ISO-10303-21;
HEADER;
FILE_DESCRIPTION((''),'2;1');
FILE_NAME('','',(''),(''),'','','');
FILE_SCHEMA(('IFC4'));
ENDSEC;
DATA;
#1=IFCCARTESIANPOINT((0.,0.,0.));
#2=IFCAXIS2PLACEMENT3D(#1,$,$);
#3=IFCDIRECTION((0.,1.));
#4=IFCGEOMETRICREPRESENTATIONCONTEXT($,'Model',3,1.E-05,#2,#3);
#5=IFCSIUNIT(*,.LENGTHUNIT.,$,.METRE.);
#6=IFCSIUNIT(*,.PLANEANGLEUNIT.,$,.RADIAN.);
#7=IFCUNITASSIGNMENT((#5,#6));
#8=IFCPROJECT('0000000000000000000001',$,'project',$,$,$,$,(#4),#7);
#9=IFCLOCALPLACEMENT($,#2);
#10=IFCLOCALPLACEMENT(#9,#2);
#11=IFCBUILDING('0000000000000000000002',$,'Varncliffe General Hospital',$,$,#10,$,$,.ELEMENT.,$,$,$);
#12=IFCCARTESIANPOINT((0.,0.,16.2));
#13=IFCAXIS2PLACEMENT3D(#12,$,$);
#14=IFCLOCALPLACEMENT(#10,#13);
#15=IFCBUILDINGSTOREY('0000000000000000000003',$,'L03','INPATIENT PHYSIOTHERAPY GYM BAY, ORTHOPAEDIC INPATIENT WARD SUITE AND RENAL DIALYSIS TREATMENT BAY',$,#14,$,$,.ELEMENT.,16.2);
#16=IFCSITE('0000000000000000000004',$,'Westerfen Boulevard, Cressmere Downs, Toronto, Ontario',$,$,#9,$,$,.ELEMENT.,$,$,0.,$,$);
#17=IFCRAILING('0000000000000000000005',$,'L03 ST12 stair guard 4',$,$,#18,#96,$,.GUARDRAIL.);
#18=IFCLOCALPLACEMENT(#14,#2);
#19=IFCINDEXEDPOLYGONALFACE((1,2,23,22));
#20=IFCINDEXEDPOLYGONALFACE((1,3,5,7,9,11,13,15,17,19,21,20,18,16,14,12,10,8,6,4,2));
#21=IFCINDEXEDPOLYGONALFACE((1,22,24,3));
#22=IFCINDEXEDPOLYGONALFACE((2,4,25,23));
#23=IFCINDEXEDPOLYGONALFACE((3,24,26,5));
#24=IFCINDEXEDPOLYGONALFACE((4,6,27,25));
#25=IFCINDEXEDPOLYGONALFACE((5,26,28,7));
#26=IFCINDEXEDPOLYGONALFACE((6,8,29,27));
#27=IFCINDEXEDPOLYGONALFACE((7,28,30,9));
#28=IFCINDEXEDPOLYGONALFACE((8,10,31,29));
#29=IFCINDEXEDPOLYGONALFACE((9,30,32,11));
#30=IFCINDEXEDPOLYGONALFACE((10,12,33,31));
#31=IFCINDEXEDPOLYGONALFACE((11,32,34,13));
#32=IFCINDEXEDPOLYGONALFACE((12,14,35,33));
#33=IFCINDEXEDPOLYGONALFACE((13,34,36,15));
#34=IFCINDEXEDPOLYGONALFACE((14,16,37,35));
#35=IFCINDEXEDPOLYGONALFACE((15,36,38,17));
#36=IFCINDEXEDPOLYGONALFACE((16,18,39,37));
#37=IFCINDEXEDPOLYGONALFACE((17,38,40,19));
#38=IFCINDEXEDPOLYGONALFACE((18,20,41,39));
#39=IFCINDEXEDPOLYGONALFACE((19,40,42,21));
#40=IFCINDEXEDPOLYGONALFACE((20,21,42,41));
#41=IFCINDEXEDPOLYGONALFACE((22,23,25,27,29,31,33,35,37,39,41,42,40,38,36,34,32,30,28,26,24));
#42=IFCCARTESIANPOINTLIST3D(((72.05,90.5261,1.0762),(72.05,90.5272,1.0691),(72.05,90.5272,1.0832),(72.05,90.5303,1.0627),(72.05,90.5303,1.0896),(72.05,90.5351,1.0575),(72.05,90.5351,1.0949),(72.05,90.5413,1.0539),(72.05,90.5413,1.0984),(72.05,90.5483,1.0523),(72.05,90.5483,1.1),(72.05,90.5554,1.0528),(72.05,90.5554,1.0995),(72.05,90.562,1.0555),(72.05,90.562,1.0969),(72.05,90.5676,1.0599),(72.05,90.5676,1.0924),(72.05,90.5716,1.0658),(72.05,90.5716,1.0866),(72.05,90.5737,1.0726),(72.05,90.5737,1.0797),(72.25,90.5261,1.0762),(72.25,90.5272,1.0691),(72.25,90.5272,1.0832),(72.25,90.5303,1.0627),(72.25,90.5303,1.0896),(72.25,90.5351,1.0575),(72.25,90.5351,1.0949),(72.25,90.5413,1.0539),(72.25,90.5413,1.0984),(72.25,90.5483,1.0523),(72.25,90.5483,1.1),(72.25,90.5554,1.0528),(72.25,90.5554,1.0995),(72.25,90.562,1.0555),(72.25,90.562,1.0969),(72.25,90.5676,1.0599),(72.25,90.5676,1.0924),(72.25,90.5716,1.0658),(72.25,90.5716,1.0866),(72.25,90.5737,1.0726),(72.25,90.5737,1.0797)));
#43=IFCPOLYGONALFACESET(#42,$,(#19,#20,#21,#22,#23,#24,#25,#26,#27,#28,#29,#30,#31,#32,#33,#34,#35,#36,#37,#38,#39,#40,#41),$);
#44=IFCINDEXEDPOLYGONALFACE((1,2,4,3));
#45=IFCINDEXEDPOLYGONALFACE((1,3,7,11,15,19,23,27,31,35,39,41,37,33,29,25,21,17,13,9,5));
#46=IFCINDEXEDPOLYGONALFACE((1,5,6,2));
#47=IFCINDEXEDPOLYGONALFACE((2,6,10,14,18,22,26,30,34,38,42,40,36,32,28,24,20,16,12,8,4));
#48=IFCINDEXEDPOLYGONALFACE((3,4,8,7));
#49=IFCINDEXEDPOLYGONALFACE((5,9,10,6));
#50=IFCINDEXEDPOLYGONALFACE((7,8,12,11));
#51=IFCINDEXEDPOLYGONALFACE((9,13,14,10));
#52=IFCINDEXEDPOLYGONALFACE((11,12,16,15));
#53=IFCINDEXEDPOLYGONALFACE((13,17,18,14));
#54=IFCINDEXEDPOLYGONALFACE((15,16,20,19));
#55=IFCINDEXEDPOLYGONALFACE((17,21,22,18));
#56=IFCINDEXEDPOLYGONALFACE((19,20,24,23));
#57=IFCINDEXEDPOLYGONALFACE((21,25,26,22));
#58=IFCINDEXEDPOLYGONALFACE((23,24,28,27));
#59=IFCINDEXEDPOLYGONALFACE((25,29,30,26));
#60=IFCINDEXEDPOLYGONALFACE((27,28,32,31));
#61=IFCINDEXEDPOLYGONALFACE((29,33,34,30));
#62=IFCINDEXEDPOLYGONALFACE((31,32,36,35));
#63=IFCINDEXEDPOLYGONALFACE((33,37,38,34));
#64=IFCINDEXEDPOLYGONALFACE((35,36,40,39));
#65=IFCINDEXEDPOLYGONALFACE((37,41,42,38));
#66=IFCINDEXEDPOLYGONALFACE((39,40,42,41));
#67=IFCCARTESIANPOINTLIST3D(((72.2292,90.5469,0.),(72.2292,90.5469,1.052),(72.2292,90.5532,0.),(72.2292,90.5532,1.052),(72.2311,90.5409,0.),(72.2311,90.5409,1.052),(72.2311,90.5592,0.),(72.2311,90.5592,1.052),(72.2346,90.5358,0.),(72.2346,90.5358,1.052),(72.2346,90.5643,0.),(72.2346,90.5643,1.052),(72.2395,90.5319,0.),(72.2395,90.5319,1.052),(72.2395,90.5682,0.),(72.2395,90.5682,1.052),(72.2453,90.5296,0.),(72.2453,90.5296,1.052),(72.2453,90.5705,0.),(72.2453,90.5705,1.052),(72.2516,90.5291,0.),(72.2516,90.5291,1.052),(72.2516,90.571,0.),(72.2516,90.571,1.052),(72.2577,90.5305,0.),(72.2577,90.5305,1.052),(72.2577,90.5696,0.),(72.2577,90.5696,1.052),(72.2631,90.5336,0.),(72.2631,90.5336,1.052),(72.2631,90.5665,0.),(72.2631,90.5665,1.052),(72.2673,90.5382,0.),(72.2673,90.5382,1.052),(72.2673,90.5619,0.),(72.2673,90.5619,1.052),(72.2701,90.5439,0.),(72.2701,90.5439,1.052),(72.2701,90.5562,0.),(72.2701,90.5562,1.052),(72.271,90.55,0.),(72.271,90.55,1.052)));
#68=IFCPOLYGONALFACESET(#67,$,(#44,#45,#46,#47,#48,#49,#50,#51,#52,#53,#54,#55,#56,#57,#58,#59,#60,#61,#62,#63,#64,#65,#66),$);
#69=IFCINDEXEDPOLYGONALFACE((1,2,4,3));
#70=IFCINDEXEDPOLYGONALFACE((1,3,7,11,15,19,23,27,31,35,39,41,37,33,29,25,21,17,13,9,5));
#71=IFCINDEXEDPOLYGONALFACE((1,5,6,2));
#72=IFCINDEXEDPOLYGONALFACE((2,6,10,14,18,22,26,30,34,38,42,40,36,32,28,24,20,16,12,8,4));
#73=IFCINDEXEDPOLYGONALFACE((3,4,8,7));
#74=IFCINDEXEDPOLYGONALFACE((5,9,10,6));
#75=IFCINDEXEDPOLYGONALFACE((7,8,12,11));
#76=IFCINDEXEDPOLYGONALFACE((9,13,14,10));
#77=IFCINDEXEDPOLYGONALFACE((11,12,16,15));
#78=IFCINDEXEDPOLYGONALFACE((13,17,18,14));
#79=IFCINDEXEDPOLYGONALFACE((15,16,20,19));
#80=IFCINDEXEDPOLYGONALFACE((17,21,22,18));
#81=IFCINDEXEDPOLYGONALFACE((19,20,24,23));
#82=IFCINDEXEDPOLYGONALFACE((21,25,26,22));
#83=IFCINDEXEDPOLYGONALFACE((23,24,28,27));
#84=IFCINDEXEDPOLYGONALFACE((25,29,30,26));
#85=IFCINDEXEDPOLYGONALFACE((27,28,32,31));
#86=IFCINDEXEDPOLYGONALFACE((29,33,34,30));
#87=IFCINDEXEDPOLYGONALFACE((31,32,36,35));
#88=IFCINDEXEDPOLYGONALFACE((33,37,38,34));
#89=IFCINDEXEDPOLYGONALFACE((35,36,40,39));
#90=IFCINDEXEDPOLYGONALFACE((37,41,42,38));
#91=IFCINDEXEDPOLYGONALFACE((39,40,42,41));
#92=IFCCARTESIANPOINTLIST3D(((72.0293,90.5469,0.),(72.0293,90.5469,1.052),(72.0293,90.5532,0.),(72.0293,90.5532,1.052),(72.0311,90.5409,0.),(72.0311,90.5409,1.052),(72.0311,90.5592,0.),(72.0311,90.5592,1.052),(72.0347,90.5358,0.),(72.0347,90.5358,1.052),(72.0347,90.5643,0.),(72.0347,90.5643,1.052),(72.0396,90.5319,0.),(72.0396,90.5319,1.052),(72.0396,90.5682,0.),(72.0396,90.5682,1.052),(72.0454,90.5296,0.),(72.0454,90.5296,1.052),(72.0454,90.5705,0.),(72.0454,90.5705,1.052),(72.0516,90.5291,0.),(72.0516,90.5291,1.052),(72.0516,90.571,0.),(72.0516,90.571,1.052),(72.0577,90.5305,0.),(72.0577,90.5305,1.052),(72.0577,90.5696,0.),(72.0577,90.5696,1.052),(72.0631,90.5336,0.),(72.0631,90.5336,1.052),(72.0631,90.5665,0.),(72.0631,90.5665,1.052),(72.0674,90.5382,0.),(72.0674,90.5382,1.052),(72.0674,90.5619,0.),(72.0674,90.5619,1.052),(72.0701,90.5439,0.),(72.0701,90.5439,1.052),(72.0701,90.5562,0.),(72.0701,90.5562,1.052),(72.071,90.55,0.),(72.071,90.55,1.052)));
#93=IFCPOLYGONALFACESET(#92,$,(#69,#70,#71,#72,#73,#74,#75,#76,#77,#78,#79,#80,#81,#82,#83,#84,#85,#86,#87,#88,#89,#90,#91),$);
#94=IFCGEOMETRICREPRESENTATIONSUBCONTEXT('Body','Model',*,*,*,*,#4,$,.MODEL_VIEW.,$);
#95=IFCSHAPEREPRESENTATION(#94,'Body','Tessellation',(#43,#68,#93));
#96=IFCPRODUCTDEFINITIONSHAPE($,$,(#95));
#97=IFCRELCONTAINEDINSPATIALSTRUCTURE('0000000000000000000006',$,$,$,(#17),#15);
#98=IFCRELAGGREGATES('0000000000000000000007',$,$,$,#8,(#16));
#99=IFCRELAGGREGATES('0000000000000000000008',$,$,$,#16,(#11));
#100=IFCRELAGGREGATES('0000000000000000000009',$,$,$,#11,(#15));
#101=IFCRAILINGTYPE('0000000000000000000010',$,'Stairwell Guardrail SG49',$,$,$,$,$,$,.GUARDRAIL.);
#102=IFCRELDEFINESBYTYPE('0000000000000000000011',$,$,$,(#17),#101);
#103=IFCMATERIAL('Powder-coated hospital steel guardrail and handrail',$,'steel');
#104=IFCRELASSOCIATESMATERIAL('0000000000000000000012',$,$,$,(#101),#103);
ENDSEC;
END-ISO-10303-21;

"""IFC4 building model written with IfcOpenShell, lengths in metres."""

from ifc_helpers import new_model, si_unit, direction, frame, origin, origin_2d, place, context, subcontext, project, spatial, circle, extrude, material, type_object, element, save


model = new_model("IFC4")

# Units and contexts
model_context = context("Model", 3, precision=1e-05, world=origin(), true_north=direction((0.0, 1.0)))
body_context = subcontext(model_context, "Body", "Model", "MODEL_VIEW")
ifc_project = project(units=[si_unit("LENGTHUNIT", "METRE"), si_unit("PLANEANGLEUNIT", "RADIAN")], contexts=[model_context])

# Site, building, storey
site_placement = place(None, origin())
site = spatial("IfcSite", under=ifc_project, at=site_placement, Name="Westerfen Boulevard, Cressmere Downs, Toronto, Ontario", CompositionType="ELEMENT", RefElevation=0.0)
building_placement = place(site_placement, origin())
building = spatial("IfcBuilding", under=site, at=building_placement, Name="Varncliffe General Hospital", CompositionType="ELEMENT")
storey_placement = place(building_placement, frame((0.0, 0.0, 16.2)))
storey = spatial("IfcBuildingStorey", under=building, at=storey_placement, Name="L03", Description="INPATIENT PHYSIOTHERAPY GYM BAY, ORTHOPAEDIC INPATIENT WARD SUITE AND RENAL DIALYSIS TREATMENT BAY", CompositionType="ELEMENT", Elevation=16.2)

# Railing
ifc_material_1 = material(Name="Powder-coated hospital steel guardrail and handrail", Category="steel")
railing_type = type_object("IfcRailingType", Name="Stairwell Guardrail SG49", PredefinedType="GUARDRAIL", material=ifc_material_1)
railing_1_placement = place(storey_placement, frame((72.25, 90.55, 0.0)))
element("IfcRailing", 1, at=railing_1_placement, inside=storey, type_object=railing_type, Name="L03 ST12 stair guard 4", PredefinedType="GUARDRAIL", context=body_context, shape_type="SweptSolid", body=[
    extrude(circle(Radius=0.0239, at=origin_2d()), frame((0.0, 0.0, 1.0762), z_axis=(-1.0, 0.0, 0.0), x_axis=(0.0, -1.0, 0.0)), (0.0, 0.0, 1.0), 0.2),
    extrude(circle(Radius=0.021, at=origin_2d()), origin(), (0.0, 0.0, 1.0), 1.052),
    extrude(circle(Radius=0.021, at=origin_2d()), frame((-0.2, 0.0, 0.0)), (0.0, 0.0, 1.0), 1.052),
])

save(model, "model.ifc")
